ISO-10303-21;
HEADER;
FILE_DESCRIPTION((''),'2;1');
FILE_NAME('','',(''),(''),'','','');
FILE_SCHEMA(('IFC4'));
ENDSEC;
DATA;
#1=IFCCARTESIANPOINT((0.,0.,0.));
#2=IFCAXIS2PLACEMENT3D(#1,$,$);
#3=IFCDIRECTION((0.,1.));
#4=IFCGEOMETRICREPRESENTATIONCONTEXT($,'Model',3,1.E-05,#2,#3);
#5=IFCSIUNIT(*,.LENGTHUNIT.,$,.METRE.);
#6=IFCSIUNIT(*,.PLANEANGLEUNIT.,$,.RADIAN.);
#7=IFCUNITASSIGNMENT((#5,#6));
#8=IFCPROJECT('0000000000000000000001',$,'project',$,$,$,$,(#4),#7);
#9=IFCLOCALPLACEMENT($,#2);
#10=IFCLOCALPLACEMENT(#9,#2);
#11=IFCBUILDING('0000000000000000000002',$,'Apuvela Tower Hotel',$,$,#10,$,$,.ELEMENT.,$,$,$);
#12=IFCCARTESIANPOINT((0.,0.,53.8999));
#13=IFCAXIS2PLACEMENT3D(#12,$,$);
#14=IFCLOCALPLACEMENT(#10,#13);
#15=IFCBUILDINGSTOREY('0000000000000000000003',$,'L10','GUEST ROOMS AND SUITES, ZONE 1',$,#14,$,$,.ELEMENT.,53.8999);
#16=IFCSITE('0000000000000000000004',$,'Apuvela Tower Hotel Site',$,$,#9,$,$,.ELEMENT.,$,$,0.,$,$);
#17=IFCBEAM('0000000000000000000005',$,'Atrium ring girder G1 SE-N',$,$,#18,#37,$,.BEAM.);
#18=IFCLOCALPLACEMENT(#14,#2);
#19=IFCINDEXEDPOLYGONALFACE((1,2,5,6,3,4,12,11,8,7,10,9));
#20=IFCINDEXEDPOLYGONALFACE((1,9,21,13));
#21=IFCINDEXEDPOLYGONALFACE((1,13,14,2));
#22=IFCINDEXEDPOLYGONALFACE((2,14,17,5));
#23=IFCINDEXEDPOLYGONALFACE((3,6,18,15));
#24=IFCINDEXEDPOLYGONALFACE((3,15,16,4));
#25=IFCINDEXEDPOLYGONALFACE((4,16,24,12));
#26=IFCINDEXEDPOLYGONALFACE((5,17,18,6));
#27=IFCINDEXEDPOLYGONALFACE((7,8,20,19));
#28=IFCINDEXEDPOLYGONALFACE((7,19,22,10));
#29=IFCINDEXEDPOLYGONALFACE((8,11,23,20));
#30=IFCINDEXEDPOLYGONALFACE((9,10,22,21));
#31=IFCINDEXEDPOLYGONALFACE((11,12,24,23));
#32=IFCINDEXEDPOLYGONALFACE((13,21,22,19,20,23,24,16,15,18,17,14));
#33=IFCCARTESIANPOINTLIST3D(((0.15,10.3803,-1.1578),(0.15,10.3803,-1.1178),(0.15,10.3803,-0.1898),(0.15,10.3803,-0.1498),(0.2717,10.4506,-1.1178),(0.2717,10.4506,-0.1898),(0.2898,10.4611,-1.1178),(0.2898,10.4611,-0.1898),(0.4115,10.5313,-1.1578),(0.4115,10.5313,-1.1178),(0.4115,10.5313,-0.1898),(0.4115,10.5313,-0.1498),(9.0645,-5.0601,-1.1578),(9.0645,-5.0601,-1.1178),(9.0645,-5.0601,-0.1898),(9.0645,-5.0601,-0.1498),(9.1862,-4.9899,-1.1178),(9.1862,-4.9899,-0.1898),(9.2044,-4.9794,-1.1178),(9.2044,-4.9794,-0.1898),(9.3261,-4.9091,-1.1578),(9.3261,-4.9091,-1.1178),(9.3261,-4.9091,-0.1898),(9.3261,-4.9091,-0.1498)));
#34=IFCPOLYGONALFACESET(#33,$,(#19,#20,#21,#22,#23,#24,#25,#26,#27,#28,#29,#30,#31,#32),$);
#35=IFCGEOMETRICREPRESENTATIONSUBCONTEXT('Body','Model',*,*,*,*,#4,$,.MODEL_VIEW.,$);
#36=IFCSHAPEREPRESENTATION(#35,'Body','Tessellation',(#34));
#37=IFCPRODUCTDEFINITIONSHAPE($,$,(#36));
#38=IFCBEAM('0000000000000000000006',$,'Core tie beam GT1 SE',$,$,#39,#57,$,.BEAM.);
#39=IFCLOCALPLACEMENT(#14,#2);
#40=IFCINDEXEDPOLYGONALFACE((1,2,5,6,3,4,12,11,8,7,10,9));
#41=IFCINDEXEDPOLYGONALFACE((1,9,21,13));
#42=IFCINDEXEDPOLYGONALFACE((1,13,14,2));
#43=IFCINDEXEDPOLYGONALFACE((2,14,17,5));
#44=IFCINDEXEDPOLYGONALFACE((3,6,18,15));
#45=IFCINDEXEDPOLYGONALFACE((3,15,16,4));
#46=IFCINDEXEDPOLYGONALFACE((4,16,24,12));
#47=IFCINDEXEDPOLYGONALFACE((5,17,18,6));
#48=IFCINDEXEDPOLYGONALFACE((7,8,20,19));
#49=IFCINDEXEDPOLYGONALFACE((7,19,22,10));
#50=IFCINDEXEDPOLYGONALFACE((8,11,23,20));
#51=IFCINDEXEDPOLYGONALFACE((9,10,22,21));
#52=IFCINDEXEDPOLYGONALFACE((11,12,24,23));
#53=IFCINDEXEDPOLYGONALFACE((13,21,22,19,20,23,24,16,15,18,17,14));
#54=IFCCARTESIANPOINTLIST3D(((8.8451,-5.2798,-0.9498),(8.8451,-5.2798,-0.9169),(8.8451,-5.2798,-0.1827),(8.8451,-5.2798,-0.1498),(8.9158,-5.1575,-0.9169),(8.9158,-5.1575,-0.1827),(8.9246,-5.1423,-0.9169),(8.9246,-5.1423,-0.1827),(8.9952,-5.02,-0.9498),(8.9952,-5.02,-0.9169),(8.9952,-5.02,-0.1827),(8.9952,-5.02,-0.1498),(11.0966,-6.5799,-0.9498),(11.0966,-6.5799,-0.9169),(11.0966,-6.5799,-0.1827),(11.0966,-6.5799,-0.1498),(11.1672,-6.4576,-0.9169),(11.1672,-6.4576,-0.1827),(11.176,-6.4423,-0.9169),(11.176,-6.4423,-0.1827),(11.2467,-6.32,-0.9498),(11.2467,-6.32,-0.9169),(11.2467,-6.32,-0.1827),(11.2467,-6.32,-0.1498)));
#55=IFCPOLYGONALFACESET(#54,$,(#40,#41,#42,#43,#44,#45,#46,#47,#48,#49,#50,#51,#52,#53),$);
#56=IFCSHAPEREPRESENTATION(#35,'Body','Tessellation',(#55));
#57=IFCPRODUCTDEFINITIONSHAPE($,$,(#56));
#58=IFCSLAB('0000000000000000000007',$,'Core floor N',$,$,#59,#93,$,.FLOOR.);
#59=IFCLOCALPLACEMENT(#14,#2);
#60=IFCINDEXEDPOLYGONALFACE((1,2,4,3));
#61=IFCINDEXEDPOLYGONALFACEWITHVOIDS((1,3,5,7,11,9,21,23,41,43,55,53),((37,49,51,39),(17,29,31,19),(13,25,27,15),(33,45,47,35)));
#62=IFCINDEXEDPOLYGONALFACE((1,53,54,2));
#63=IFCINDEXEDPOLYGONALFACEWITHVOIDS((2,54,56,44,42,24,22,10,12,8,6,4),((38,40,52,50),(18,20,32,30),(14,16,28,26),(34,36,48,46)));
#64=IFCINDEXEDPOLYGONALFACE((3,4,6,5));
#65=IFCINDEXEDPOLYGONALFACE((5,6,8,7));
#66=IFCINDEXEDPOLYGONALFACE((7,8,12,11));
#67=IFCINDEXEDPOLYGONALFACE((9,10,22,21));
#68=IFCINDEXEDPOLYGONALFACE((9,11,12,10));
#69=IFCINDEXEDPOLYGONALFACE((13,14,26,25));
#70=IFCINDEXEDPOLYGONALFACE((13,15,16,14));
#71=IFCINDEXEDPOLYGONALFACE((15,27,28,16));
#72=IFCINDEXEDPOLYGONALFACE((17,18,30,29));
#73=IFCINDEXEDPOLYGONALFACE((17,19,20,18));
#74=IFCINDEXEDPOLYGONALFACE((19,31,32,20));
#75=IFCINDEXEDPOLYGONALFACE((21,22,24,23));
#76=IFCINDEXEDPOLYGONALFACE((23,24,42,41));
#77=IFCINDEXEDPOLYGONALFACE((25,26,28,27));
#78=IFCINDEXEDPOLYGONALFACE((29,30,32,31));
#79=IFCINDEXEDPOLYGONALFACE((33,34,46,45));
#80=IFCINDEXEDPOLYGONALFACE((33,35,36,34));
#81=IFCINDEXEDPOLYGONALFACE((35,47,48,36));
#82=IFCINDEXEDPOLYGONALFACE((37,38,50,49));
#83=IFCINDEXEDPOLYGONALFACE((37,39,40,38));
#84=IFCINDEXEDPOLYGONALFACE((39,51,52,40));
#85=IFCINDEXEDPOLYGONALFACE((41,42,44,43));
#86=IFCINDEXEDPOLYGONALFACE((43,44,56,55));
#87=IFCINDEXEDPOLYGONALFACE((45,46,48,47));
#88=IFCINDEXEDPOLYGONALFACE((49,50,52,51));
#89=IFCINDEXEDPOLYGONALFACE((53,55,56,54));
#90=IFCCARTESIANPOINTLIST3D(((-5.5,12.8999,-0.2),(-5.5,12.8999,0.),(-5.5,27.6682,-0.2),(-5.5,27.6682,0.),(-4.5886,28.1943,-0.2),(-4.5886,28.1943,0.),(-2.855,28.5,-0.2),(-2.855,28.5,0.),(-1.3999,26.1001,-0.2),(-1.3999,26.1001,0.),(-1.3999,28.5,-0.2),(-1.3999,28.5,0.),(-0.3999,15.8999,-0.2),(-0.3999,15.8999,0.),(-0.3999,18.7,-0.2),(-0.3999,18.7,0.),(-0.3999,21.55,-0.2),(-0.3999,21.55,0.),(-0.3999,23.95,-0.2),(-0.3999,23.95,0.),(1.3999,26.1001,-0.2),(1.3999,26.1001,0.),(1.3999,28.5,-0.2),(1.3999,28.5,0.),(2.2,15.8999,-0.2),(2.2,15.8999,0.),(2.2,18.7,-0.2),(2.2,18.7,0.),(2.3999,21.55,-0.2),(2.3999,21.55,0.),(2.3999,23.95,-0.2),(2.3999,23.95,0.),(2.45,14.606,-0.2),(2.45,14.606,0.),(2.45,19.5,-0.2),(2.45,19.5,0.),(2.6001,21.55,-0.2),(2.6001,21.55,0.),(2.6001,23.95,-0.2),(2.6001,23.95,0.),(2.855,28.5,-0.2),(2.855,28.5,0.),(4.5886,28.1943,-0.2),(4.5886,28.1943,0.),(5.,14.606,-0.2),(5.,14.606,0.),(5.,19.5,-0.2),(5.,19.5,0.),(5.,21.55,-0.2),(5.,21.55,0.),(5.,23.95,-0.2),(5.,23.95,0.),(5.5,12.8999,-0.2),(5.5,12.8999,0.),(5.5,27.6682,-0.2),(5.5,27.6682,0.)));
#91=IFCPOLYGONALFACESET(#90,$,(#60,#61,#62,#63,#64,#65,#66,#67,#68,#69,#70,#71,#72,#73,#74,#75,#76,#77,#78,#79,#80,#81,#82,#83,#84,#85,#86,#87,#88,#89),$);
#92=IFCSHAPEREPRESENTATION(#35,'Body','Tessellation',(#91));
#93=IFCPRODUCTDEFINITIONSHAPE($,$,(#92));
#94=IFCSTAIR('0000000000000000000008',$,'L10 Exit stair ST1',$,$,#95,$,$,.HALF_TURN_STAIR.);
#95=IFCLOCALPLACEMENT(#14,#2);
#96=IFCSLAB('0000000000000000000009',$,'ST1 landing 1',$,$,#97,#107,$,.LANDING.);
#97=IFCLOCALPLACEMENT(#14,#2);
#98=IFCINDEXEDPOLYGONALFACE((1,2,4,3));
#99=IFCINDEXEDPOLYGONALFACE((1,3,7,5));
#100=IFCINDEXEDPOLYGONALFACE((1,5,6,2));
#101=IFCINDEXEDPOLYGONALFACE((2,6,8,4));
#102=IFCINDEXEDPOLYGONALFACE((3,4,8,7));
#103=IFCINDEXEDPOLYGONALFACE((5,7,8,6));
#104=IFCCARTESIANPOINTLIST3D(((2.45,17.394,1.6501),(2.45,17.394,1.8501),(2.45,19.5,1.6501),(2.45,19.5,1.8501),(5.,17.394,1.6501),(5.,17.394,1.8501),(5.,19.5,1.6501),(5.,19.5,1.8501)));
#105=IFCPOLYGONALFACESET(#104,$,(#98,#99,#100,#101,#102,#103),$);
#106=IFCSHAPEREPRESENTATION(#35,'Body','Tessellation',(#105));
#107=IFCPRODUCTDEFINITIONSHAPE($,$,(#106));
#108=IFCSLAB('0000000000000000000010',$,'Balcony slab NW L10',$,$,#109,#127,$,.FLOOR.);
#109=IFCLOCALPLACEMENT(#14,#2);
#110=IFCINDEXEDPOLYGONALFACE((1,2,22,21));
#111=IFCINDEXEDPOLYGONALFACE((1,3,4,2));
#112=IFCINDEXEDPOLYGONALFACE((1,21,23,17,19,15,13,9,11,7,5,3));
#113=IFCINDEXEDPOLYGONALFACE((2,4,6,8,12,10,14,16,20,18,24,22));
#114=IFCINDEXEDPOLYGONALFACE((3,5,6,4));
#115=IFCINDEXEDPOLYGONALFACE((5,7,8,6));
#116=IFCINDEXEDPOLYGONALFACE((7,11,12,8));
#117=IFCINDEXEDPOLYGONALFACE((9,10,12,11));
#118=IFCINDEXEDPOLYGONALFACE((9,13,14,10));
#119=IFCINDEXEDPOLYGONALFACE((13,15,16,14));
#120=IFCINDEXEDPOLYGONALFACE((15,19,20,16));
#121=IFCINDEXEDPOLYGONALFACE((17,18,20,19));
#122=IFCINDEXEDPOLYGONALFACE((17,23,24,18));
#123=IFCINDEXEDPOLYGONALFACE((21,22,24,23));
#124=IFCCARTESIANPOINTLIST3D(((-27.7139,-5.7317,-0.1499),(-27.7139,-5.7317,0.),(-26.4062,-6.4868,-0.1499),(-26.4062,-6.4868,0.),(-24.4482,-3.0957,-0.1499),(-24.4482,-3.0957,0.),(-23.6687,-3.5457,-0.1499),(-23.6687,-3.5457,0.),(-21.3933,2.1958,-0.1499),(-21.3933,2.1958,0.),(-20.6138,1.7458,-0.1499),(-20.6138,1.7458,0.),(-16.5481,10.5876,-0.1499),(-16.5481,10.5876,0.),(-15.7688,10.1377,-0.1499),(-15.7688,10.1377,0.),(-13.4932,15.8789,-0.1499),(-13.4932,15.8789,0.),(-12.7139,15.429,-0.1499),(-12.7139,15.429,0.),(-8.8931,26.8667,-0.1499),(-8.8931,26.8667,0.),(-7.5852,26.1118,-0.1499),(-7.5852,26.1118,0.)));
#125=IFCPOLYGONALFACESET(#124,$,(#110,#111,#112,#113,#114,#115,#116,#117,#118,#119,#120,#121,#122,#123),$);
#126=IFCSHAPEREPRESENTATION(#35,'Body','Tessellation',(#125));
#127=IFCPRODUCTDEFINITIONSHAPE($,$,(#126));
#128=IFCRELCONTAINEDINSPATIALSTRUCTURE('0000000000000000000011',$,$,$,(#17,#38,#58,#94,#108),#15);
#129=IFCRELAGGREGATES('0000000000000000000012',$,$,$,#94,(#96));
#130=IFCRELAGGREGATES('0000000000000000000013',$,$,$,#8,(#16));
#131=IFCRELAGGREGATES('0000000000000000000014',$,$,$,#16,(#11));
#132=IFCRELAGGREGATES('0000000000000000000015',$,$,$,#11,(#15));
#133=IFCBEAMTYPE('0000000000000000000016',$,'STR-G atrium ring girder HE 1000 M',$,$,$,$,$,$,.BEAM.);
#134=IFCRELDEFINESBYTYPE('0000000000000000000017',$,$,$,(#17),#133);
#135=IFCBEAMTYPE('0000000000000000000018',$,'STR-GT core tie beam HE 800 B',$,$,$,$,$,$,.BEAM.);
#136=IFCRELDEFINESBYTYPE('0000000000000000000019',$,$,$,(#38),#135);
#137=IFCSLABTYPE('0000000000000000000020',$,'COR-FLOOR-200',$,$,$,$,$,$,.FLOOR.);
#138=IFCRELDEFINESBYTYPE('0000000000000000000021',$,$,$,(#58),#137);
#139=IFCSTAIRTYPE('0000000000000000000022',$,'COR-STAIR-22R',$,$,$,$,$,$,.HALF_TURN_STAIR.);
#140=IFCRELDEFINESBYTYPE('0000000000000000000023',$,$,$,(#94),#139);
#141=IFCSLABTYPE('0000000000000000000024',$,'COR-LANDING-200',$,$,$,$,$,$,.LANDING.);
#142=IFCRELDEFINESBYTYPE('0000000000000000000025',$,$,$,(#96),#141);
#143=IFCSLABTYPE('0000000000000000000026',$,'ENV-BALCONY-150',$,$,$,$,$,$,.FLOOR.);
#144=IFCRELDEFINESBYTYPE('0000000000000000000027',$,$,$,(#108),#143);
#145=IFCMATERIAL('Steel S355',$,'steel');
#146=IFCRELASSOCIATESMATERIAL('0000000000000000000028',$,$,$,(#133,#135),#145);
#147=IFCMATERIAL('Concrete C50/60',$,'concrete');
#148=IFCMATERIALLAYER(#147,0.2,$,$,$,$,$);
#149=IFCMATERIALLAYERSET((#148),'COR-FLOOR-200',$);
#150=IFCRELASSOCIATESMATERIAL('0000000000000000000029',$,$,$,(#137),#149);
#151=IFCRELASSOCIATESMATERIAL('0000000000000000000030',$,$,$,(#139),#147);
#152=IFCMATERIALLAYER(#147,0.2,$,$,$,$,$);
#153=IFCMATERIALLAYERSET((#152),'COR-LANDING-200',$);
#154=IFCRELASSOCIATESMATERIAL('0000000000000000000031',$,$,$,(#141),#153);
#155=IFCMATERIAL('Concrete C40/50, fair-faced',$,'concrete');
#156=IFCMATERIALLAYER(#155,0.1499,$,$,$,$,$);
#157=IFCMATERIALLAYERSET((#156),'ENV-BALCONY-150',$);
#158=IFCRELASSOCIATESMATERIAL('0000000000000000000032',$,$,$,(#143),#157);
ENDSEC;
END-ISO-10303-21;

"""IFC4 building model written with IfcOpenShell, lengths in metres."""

from ifc_helpers import new_model, si_unit, direction, frame, origin, origin_2d, place, context, subcontext, project, spatial, polyline, i_section, outline, extrude, material, layer, layer_set, material_profile, profile_set, type_object, element, aggregate, save


model = new_model("IFC4")

# Units and contexts
model_context = context("Model", 3, precision=1e-05, world=origin(), true_north=direction((0.0, 1.0)))
body_context = subcontext(model_context, "Body", "Model", "MODEL_VIEW")
ifc_project = project(units=[si_unit("LENGTHUNIT", "METRE"), si_unit("PLANEANGLEUNIT", "RADIAN")], contexts=[model_context])

# Site, building, storey
site_placement = place(None, origin())
site = spatial("IfcSite", under=ifc_project, at=site_placement, Name="Apuvela Tower Hotel Site", CompositionType="ELEMENT", RefElevation=0.0)
building_placement = place(site_placement, origin())
building = spatial("IfcBuilding", under=site, at=building_placement, Name="Apuvela Tower Hotel", CompositionType="ELEMENT")
storey_placement = place(building_placement, frame((0.0, 0.0, 53.8999)))
storey = spatial("IfcBuildingStorey", under=building, at=storey_placement, Name="L10", Description="GUEST ROOMS AND SUITES, ZONE 1", CompositionType="ELEMENT", Elevation=53.8999)

# Beams
ifc_material_1 = material(Name="Steel S355", Category="steel")
ifc_material_profile_1 = material_profile(ifc_material_1, i_section(OverallWidth=0.302, OverallDepth=1.0081, WebThickness=0.021, FlangeThickness=0.04, at=origin_2d()), Name="HE 1000 M")
ifc_profile_set_1 = profile_set([ifc_material_profile_1], Name="Steel S355")
beam_type_1 = type_object("IfcBeamType", Name="STR-G atrium ring girder HE 1000 M", PredefinedType="BEAM", material=ifc_profile_set_1)
beam_1_placement = place(storey_placement, frame((9.1953, -4.9846, -0.6538), z_axis=(-0.500001, 0.866025, 0.0), x_axis=(-0.866025, -0.500001, 0.0)))
element("IfcBeam", 1, at=beam_1_placement, inside=storey, type_object=beam_type_1, Name="Atrium ring girder G1 SE-N", PredefinedType="BEAM", context=body_context, shape_type="SweptSolid", body=[
    extrude(i_section(OverallWidth=0.302, OverallDepth=1.0081, WebThickness=0.021, FlangeThickness=0.04, at=origin_2d()), origin(), (0.0, 0.0, 1.0), 17.8291),
])
ifc_material_profile_2 = material_profile(ifc_material_1, i_section(OverallWidth=0.3, OverallDepth=0.8, WebThickness=0.0176, FlangeThickness=0.033, at=origin_2d()), Name="HE 800 B")
ifc_profile_set_2 = profile_set([ifc_material_profile_2], Name="Steel S355")
beam_type_2 = type_object("IfcBeamType", Name="STR-GT core tie beam HE 800 B", PredefinedType="BEAM", material=ifc_profile_set_2)
beam_2_placement = place(storey_placement, frame((11.1716, -6.45, -0.5498), z_axis=(-0.865998, 0.500048, 0.0), x_axis=(-0.500048, -0.865998, 0.0)))
element("IfcBeam", 2, at=beam_2_placement, inside=storey, type_object=beam_type_2, Name="Core tie beam GT1 SE", PredefinedType="BEAM", context=body_context, shape_type="SweptSolid", body=[
    extrude(i_section(OverallWidth=0.3, OverallDepth=0.8, WebThickness=0.0176, FlangeThickness=0.033, at=origin_2d()), origin(), (0.0, 0.0, 1.0), 2.5999),
])

# Slab
ifc_material_2 = material(Name="Concrete C50/60", Category="concrete")
ifc_layer_1 = layer(ifc_material_2, 0.2)
ifc_layer_set_1 = layer_set([ifc_layer_1], Name="COR-FLOOR-200")
slab_type_1 = type_object("IfcSlabType", Name="COR-FLOOR-200", PredefinedType="FLOOR", material=ifc_layer_set_1)
slab_1_placement = place(storey_placement, frame((0.0, 0.0, -0.2)))
element("IfcSlab", 3, at=slab_1_placement, inside=storey, type_object=slab_type_1, Name="Core floor N", PredefinedType="FLOOR", context=body_context, shape_type="SweptSolid", body=[
    extrude(outline(polyline([(5.5, 27.6682), (4.5886, 28.1943), (2.855, 28.5), (1.3999, 28.5), (1.3999, 26.1001), (-1.3999, 26.1001), (-1.3999, 28.5), (-2.855, 28.5), (-4.5886, 28.1943), (-5.5, 27.6682), (-5.5, 12.8999), (5.5, 12.8999), (5.5, 27.6682)]), holes=[polyline([(5.0, 14.606), (2.45, 14.606), (2.45, 19.5), (5.0, 19.5), (5.0, 14.606)]), polyline([(2.2, 15.8999), (-0.3999, 15.8999), (-0.3999, 18.7), (2.2, 18.7), (2.2, 15.8999)]), polyline([(5.0, 21.55), (2.6001, 21.55), (2.6001, 23.95), (5.0, 23.95), (5.0, 21.55)]), polyline([(2.3999, 21.55), (-0.3999, 21.55), (-0.3999, 23.95), (2.3999, 23.95), (2.3999, 21.55)])]), origin(), (0.0, 0.0, 1.0), 0.2),
])

# Stair, slab
stair_type = type_object("IfcStairType", Name="COR-STAIR-22R", PredefinedType="HALF_TURN_STAIR", material=ifc_material_2)
stair_1_placement = place(storey_placement, origin())
stair_1 = element("IfcStair", 4, at=stair_1_placement, inside=storey, type_object=stair_type, Name="L10 Exit stair ST1", PredefinedType="HALF_TURN_STAIR")
ifc_layer_2 = layer(ifc_material_2, 0.2)
ifc_layer_set_2 = layer_set([ifc_layer_2], Name="COR-LANDING-200")
slab_type_2 = type_object("IfcSlabType", Name="COR-LANDING-200", PredefinedType="LANDING", material=ifc_layer_set_2)
slab_2_placement = place(storey_placement, frame((0.0, 0.0, 1.6501)))
slab_2 = element("IfcSlab", 5, at=slab_2_placement, type_object=slab_type_2, Name="ST1 landing 1", PredefinedType="LANDING", context=body_context, shape_type="SweptSolid", body=[
    extrude(outline(polyline([(5.0, 17.394), (5.0, 19.5), (2.45, 19.5), (2.45, 17.394), (5.0, 17.394)])), origin(), (0.0, 0.0, 1.0), 0.2),
])
aggregate(stair_1, [slab_2])

# Slab
ifc_material_3 = material(Name="Concrete C40/50, fair-faced", Category="concrete")
ifc_layer_3 = layer(ifc_material_3, 0.1499)
ifc_layer_set_3 = layer_set([ifc_layer_3], Name="ENV-BALCONY-150")
slab_type_3 = type_object("IfcSlabType", Name="ENV-BALCONY-150", PredefinedType="FLOOR", material=ifc_layer_set_3)
slab_3_placement = place(storey_placement, frame((0.0, 0.0, -0.1499)))
element("IfcSlab", 6, at=slab_3_placement, inside=storey, type_object=slab_type_3, Name="Balcony slab NW L10", PredefinedType="FLOOR", context=body_context, shape_type="SweptSolid", body=[
    extrude(outline(polyline([(-27.7139, -5.7317), (-8.8931, 26.8667), (-7.5852, 26.1118), (-13.4932, 15.8789), (-12.7139, 15.429), (-15.7688, 10.1377), (-16.5481, 10.5876), (-21.3933, 2.1958), (-20.6138, 1.7458), (-23.6687, -3.5457), (-24.4482, -3.0957), (-26.4062, -6.4868), (-27.7139, -5.7317)])), origin(), (0.0, 0.0, 1.0), 0.1499),
])

save(model, "model.ifc")
